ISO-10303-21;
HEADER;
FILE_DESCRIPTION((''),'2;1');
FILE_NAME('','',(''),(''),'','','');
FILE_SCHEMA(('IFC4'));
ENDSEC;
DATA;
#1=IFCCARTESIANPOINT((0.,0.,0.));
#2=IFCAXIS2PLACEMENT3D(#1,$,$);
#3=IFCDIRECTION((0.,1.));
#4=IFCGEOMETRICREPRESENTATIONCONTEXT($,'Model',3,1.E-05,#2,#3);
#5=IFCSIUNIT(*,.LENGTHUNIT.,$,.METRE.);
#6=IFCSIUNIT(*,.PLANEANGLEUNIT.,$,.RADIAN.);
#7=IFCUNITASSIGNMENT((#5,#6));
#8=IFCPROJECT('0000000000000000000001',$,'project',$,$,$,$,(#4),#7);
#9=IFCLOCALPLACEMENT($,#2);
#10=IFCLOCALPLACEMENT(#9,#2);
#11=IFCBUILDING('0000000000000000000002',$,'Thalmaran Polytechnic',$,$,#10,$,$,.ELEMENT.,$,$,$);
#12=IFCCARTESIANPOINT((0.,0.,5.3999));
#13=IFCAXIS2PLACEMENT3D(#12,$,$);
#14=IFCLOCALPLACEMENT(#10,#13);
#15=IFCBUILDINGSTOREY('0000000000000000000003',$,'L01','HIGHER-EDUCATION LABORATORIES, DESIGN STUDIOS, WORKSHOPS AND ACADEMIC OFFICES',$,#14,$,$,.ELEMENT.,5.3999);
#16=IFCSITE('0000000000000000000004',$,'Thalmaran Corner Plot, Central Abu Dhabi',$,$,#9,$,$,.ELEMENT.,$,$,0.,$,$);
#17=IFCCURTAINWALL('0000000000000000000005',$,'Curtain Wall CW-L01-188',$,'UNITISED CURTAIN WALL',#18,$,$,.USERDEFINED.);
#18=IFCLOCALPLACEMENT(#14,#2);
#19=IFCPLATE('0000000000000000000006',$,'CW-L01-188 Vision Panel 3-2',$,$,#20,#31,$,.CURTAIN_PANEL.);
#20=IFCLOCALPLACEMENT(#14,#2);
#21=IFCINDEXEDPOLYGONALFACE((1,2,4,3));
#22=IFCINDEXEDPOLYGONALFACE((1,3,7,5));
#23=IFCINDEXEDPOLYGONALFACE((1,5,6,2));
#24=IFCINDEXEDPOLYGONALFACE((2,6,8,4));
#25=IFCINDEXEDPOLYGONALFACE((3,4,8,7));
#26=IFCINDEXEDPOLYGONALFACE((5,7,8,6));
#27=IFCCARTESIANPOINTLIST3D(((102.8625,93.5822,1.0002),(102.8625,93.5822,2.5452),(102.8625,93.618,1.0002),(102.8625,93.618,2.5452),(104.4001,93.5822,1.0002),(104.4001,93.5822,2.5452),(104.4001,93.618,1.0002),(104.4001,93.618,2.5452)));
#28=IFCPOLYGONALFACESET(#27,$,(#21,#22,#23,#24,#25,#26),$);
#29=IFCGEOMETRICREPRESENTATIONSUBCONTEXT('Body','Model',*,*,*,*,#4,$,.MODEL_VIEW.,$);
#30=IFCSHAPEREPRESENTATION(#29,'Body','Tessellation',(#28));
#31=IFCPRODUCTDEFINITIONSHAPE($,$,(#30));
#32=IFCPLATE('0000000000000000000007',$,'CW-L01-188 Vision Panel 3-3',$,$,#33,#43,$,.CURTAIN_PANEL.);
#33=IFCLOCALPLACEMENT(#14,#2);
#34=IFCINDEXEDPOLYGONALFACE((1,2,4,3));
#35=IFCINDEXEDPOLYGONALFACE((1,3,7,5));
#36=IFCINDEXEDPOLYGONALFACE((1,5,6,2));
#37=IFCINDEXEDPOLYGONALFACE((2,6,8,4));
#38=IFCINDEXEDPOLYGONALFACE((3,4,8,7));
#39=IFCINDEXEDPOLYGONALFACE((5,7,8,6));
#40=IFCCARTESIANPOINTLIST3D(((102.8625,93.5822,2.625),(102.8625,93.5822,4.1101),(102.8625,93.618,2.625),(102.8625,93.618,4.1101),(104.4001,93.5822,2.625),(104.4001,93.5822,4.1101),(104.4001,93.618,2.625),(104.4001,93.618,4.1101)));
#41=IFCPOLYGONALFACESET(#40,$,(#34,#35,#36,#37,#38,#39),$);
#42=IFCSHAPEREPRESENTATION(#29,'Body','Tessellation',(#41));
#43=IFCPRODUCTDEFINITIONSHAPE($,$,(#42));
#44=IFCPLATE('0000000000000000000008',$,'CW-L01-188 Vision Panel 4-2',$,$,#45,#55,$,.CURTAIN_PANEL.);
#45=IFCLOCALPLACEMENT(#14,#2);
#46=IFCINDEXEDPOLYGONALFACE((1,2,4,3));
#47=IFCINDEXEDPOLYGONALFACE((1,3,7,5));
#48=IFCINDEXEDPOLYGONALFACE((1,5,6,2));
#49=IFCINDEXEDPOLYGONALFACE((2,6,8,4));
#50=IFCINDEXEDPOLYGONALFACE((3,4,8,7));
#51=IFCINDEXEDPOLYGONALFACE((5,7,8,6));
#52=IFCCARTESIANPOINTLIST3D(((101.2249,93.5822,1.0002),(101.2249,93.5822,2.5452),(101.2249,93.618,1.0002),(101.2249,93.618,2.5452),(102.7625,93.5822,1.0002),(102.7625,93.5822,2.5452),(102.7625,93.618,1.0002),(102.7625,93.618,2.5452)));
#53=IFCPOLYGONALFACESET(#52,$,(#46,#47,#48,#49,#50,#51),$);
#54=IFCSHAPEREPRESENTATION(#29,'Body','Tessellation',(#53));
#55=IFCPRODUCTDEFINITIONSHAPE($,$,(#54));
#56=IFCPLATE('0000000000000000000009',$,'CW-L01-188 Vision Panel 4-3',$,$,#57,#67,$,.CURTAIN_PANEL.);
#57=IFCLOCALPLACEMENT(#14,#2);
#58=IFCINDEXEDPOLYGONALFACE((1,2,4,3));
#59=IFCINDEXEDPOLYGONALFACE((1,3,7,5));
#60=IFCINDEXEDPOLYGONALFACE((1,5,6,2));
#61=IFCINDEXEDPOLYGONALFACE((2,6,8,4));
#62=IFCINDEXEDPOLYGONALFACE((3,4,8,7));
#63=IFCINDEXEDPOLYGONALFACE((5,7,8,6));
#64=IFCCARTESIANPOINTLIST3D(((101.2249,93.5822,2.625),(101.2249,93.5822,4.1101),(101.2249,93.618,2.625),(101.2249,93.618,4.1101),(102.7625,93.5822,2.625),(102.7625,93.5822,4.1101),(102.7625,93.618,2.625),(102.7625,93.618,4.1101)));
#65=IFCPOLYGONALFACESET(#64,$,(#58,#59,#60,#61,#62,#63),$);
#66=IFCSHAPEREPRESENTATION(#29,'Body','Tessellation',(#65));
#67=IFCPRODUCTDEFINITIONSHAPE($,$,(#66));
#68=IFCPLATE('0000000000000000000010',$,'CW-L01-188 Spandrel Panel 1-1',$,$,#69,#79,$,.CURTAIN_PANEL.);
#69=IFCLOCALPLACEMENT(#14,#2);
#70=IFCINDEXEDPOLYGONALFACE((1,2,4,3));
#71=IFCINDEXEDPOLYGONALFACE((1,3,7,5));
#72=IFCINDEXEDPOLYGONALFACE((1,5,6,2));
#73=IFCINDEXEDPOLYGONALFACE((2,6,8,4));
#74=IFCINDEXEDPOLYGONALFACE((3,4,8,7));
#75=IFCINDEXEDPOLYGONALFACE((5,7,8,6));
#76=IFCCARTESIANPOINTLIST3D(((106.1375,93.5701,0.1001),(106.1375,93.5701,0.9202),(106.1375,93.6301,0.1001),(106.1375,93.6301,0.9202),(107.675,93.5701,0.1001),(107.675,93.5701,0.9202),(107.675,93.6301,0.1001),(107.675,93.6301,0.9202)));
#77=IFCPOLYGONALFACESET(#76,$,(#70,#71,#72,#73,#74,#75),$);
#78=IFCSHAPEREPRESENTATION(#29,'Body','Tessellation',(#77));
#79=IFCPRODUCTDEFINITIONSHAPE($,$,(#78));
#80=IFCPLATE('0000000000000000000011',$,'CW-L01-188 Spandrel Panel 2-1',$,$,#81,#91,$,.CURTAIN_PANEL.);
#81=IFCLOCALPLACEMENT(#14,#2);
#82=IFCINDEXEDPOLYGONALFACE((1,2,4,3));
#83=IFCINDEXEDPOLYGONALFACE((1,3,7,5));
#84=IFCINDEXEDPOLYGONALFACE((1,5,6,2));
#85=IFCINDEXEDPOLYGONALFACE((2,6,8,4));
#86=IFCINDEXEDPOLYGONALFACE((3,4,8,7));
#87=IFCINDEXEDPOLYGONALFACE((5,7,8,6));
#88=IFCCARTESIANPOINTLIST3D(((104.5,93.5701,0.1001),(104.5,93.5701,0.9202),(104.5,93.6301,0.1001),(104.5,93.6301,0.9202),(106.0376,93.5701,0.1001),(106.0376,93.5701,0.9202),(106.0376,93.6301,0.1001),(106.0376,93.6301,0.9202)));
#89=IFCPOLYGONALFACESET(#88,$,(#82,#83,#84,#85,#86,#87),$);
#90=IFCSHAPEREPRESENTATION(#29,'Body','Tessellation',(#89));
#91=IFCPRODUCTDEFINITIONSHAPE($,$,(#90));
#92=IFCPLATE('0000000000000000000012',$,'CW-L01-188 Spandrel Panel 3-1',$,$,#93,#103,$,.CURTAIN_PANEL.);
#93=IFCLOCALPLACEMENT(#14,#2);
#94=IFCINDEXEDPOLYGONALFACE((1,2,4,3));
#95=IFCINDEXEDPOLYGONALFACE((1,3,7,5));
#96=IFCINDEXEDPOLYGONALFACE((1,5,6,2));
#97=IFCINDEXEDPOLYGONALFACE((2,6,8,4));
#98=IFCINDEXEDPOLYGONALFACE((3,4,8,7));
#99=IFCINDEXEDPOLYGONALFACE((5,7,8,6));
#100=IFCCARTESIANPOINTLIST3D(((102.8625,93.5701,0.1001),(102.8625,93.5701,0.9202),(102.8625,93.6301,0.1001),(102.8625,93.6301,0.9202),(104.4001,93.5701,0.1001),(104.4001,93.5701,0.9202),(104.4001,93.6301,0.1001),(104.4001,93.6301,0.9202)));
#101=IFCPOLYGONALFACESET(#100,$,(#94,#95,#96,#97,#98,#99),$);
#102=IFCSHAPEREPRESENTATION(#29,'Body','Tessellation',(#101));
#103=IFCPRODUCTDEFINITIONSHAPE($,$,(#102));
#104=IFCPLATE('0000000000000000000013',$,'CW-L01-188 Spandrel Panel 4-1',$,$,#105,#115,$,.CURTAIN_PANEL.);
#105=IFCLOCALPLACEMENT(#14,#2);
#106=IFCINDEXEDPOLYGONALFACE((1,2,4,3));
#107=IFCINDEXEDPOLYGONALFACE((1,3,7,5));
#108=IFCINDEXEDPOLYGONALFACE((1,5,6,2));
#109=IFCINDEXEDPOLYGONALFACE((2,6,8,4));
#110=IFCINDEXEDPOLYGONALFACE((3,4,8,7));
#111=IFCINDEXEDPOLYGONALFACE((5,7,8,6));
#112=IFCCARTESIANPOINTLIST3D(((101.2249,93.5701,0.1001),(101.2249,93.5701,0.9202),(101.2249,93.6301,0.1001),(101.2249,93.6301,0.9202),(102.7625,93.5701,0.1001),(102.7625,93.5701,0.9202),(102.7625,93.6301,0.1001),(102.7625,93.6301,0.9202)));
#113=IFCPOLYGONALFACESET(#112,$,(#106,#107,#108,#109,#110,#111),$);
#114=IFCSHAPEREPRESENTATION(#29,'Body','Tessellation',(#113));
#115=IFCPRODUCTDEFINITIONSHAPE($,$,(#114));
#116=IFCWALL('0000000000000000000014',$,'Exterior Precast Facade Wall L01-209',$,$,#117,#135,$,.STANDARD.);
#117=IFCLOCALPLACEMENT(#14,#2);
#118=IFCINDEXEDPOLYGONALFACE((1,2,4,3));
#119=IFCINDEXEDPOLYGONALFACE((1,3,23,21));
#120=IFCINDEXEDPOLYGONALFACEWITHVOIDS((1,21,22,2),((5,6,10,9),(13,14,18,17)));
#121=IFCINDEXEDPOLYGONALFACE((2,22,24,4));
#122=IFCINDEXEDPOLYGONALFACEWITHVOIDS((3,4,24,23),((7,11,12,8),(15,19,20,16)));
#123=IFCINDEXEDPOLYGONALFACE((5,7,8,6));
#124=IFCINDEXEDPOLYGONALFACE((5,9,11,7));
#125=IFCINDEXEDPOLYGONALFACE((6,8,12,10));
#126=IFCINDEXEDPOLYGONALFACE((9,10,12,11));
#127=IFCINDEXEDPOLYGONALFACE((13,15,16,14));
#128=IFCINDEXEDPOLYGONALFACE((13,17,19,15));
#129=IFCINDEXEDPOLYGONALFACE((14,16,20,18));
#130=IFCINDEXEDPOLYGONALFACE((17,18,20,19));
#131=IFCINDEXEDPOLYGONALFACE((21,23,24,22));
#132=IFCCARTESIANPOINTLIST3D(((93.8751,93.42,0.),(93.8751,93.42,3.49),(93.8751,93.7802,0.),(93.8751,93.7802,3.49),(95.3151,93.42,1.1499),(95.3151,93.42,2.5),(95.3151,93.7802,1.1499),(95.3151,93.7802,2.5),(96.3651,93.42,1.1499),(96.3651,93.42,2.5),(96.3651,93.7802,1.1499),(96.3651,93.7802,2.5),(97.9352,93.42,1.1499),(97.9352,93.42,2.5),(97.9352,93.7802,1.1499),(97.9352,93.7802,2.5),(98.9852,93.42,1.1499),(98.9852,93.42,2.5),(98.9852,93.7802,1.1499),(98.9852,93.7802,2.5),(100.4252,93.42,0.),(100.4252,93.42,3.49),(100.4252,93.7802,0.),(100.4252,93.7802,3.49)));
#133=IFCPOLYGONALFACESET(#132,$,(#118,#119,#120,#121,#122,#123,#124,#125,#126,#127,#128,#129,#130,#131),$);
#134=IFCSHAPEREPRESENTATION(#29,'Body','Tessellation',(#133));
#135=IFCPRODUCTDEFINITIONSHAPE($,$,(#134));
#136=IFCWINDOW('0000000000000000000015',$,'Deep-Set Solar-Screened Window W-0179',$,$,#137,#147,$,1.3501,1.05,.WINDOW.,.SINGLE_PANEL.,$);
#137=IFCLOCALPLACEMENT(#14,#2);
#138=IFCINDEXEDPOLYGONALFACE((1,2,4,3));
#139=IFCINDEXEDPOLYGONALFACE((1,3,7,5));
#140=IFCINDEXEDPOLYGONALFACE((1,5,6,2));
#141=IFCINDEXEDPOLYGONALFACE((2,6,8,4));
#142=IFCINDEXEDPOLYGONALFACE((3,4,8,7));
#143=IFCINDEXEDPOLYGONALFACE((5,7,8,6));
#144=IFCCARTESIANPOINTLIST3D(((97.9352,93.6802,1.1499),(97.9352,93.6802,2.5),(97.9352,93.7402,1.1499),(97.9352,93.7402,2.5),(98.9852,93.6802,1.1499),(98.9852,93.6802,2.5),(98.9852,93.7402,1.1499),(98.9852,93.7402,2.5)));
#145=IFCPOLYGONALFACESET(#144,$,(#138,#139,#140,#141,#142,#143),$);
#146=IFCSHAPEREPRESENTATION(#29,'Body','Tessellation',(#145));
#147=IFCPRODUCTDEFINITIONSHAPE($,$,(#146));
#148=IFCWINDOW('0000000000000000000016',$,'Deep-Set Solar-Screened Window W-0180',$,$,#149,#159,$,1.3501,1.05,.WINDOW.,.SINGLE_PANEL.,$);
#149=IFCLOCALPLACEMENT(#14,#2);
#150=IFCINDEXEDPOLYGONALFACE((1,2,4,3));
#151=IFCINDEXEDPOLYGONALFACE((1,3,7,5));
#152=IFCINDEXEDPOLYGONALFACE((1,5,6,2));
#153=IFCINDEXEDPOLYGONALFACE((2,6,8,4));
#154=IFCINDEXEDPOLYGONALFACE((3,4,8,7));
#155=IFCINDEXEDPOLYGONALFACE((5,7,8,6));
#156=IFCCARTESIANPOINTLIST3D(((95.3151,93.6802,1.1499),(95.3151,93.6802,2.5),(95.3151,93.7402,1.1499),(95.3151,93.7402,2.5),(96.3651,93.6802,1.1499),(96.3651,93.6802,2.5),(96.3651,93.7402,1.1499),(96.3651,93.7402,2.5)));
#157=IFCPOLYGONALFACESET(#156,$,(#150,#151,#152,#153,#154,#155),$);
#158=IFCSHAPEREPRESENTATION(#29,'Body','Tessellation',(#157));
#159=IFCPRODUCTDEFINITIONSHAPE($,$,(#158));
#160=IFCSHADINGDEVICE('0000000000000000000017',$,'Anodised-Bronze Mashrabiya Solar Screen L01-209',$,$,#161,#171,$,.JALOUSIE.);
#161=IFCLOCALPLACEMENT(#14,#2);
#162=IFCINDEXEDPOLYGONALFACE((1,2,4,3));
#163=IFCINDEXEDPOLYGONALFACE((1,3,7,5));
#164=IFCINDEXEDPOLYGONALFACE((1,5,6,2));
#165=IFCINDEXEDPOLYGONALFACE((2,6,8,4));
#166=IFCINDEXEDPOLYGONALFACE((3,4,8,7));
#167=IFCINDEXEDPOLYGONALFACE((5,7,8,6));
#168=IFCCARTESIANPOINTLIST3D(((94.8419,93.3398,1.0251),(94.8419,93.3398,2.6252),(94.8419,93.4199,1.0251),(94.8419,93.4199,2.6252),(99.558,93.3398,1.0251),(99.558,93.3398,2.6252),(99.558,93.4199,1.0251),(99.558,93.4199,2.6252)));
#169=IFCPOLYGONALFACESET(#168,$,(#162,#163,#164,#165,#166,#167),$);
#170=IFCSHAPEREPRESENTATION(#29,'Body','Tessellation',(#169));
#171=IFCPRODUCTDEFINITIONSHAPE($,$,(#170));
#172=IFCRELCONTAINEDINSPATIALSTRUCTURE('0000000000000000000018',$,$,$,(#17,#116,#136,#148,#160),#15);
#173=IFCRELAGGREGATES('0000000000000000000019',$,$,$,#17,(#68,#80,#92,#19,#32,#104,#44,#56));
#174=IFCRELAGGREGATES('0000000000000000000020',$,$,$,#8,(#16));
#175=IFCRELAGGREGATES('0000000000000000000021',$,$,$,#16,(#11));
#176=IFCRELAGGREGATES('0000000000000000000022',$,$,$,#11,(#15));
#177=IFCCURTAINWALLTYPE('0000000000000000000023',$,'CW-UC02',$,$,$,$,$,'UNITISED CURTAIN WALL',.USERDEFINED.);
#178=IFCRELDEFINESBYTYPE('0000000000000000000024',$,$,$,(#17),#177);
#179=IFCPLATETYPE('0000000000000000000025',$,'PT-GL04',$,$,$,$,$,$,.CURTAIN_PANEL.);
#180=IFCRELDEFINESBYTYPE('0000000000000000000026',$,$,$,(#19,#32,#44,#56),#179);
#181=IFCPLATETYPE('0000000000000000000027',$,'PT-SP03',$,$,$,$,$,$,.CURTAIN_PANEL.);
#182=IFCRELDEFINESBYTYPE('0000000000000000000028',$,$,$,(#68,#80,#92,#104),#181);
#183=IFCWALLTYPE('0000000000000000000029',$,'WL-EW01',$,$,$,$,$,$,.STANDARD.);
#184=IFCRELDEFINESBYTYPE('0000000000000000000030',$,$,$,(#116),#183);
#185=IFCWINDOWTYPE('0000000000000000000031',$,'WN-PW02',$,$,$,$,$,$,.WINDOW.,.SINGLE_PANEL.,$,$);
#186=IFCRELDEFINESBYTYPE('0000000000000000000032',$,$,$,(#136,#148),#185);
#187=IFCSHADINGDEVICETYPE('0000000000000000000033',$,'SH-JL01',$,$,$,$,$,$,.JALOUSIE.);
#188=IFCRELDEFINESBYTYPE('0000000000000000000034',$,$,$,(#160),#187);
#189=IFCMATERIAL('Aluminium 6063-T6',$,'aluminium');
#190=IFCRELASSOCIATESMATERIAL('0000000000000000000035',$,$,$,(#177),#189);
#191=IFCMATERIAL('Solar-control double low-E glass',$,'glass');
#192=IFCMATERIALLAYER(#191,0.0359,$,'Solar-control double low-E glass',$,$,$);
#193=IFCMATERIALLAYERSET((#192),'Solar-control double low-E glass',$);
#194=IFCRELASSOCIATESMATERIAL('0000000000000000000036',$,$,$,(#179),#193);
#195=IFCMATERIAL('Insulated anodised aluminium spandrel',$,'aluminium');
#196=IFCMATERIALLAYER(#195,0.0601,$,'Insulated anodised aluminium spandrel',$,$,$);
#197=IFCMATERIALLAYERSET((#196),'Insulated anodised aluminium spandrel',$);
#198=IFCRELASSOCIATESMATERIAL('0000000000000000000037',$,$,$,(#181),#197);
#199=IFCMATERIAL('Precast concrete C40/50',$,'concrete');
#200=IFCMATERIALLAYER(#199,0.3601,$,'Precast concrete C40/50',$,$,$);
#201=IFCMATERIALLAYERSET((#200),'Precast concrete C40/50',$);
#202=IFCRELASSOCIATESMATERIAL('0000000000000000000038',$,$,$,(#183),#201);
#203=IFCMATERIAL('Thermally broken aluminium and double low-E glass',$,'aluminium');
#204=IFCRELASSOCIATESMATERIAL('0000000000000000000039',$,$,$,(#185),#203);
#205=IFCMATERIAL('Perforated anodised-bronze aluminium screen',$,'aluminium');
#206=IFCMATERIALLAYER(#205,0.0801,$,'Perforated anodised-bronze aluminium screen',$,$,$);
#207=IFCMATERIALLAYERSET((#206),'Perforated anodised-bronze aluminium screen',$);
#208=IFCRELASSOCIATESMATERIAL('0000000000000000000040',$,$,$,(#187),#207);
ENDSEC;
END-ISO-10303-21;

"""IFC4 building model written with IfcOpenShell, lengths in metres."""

from ifc_helpers import new_model, si_unit, direction, frame, frame_2d, origin, origin_2d, place, context, subcontext, project, spatial, rectangle, extrude, material, layer, layer_set, type_object, element, fill, aggregate, save


model = new_model("IFC4")

# Units and contexts
model_context = context("Model", 3, precision=1e-05, world=origin(), true_north=direction((0.0, 1.0)))
body_context = subcontext(model_context, "Body", "Model", "MODEL_VIEW")
ifc_project = project(units=[si_unit("LENGTHUNIT", "METRE"), si_unit("PLANEANGLEUNIT", "RADIAN")], contexts=[model_context])

# Site, building, storey
site_placement = place(None, origin())
site = spatial("IfcSite", under=ifc_project, at=site_placement, Name="Thalmaran Corner Plot, Central Abu Dhabi", CompositionType="ELEMENT", RefElevation=0.0)
building_placement = place(site_placement, origin())
building = spatial("IfcBuilding", under=site, at=building_placement, Name="Thalmaran Polytechnic", CompositionType="ELEMENT")
storey_placement = place(building_placement, frame((0.0, 0.0, 5.3999)))
storey = spatial("IfcBuildingStorey", under=building, at=storey_placement, Name="L01", Description="HIGHER-EDUCATION LABORATORIES, DESIGN STUDIOS, WORKSHOPS AND ACADEMIC OFFICES", CompositionType="ELEMENT", Elevation=5.3999)

# Curtain wall
ifc_material_1 = material(Name="Aluminium 6063-T6", Category="aluminium")
curtain_wall_type = type_object("IfcCurtainWallType", Name="CW-UC02", ElementType="UNITISED CURTAIN WALL", PredefinedType="USERDEFINED", material=ifc_material_1)
curtain_wall_placement = place(storey_placement, origin())
curtain_wall = element("IfcCurtainWall", 1, at=curtain_wall_placement, inside=storey, type_object=curtain_wall_type, Name="Curtain Wall CW-L01-188", ObjectType="UNITISED CURTAIN WALL", PredefinedType="USERDEFINED")

# Plates
ifc_material_2 = material(Name="Solar-control double low-E glass", Category="glass")
ifc_layer_1 = layer(ifc_material_2, 0.0359, Name="Solar-control double low-E glass")
ifc_layer_set_1 = layer_set([ifc_layer_1], Name="Solar-control double low-E glass")
plate_type_1 = type_object("IfcPlateType", Name="PT-GL04", PredefinedType="CURTAIN_PANEL", material=ifc_layer_set_1)
plate_1_placement = place(storey_placement, frame((103.6313, 93.6001, 1.0002), z_axis=(0.0, 0.0, 1.0), x_axis=(-1.0, 0.0, 0.0)))
plate_1 = element("IfcPlate", 2, at=plate_1_placement, type_object=plate_type_1, Name="CW-L01-188 Vision Panel 3-2", PredefinedType="CURTAIN_PANEL", context=body_context, shape_type="SweptSolid", body=[
    extrude(rectangle(XDim=1.5376, YDim=0.0359, at=origin_2d()), origin(), (0.0, 0.0, 1.0), 1.5449),
])
plate_2_placement = place(storey_placement, frame((103.6313, 93.6001, 2.625), z_axis=(0.0, 0.0, 1.0), x_axis=(-1.0, 0.0, 0.0)))
plate_2 = element("IfcPlate", 3, at=plate_2_placement, type_object=plate_type_1, Name="CW-L01-188 Vision Panel 3-3", PredefinedType="CURTAIN_PANEL", context=body_context, shape_type="SweptSolid", body=[
    extrude(rectangle(XDim=1.5376, YDim=0.0359, at=origin_2d()), origin(), (0.0, 0.0, 1.0), 1.4851),
])
plate_3_placement = place(storey_placement, frame((101.9937, 93.6001, 1.0002), z_axis=(0.0, 0.0, 1.0), x_axis=(-1.0, 0.0, 0.0)))
plate_3 = element("IfcPlate", 4, at=plate_3_placement, type_object=plate_type_1, Name="CW-L01-188 Vision Panel 4-2", PredefinedType="CURTAIN_PANEL", context=body_context, shape_type="SweptSolid", body=[
    extrude(rectangle(XDim=1.5376, YDim=0.0359, at=origin_2d()), origin(), (0.0, 0.0, 1.0), 1.5449),
])
plate_4_placement = place(storey_placement, frame((101.9937, 93.6001, 2.625), z_axis=(0.0, 0.0, 1.0), x_axis=(-1.0, 0.0, 0.0)))
plate_4 = element("IfcPlate", 5, at=plate_4_placement, type_object=plate_type_1, Name="CW-L01-188 Vision Panel 4-3", PredefinedType="CURTAIN_PANEL", context=body_context, shape_type="SweptSolid", body=[
    extrude(rectangle(XDim=1.5376, YDim=0.0359, at=origin_2d()), origin(), (0.0, 0.0, 1.0), 1.4851),
])
ifc_material_3 = material(Name="Insulated anodised aluminium spandrel", Category="aluminium")
ifc_layer_2 = layer(ifc_material_3, 0.0601, Name="Insulated anodised aluminium spandrel")
ifc_layer_set_2 = layer_set([ifc_layer_2], Name="Insulated anodised aluminium spandrel")
plate_type_2 = type_object("IfcPlateType", Name="PT-SP03", PredefinedType="CURTAIN_PANEL", material=ifc_layer_set_2)
plate_5_placement = place(storey_placement, frame((106.9062, 93.6001, 0.1001), z_axis=(0.0, 0.0, 1.0), x_axis=(-1.0, 0.0, 0.0)))
plate_5 = element("IfcPlate", 6, at=plate_5_placement, type_object=plate_type_2, Name="CW-L01-188 Spandrel Panel 1-1", PredefinedType="CURTAIN_PANEL", context=body_context, shape_type="SweptSolid", body=[
    extrude(rectangle(XDim=1.5376, YDim=0.0601, at=origin_2d()), origin(), (0.0, 0.0, 1.0), 0.8201),
])
plate_6_placement = place(storey_placement, frame((105.2688, 93.6001, 0.1001), z_axis=(0.0, 0.0, 1.0), x_axis=(-1.0, 0.0, 0.0)))
plate_6 = element("IfcPlate", 7, at=plate_6_placement, type_object=plate_type_2, Name="CW-L01-188 Spandrel Panel 2-1", PredefinedType="CURTAIN_PANEL", context=body_context, shape_type="SweptSolid", body=[
    extrude(rectangle(XDim=1.5376, YDim=0.0601, at=origin_2d()), origin(), (0.0, 0.0, 1.0), 0.8201),
])
plate_7_placement = place(storey_placement, frame((103.6313, 93.6001, 0.1001), z_axis=(0.0, 0.0, 1.0), x_axis=(-1.0, 0.0, 0.0)))
plate_7 = element("IfcPlate", 8, at=plate_7_placement, type_object=plate_type_2, Name="CW-L01-188 Spandrel Panel 3-1", PredefinedType="CURTAIN_PANEL", context=body_context, shape_type="SweptSolid", body=[
    extrude(rectangle(XDim=1.5376, YDim=0.0601, at=origin_2d()), origin(), (0.0, 0.0, 1.0), 0.8201),
])
plate_8_placement = place(storey_placement, frame((101.9937, 93.6001, 0.1001), z_axis=(0.0, 0.0, 1.0), x_axis=(-1.0, 0.0, 0.0)))
plate_8 = element("IfcPlate", 9, at=plate_8_placement, type_object=plate_type_2, Name="CW-L01-188 Spandrel Panel 4-1", PredefinedType="CURTAIN_PANEL", context=body_context, shape_type="SweptSolid", body=[
    extrude(rectangle(XDim=1.5376, YDim=0.0601, at=origin_2d()), origin(), (0.0, 0.0, 1.0), 0.8201),
])
aggregate(curtain_wall, [plate_5, plate_6, plate_7, plate_1, plate_2, plate_8, plate_3, plate_4])

# Wall, openings, windows
ifc_material_4 = material(Name="Precast concrete C40/50", Category="concrete")
ifc_layer_3 = layer(ifc_material_4, 0.3601, Name="Precast concrete C40/50")
ifc_layer_set_3 = layer_set([ifc_layer_3], Name="Precast concrete C40/50")
wall_type = type_object("IfcWallType", Name="WL-EW01", PredefinedType="STANDARD", material=ifc_layer_set_3)
wall_placement = place(storey_placement, frame((100.425, 93.6001, 0.0), z_axis=(0.0, 0.0, 1.0), x_axis=(-1.0, 0.0, 0.0)))
wall = element("IfcWall", 10, at=wall_placement, inside=storey, type_object=wall_type, Name="Exterior Precast Facade Wall L01-209", PredefinedType="STANDARD", context=body_context, shape_type="SweptSolid", body=[
    extrude(rectangle(XDim=6.55, YDim=0.3601, at=frame_2d((3.2749, 0.0))), origin(), (0.0, 0.0, 1.0), 3.49),
])
opening_1_placement = place(wall_placement, frame((1.4399, 0.0, 1.1499)))
opening_1 = element("IfcOpeningElement", 11, at=opening_1_placement, cuts=wall, PredefinedType="OPENING", context=body_context, shape_type="SweptSolid", body=[
    extrude(rectangle(XDim=1.05, YDim=1.3501, at=frame_2d((0.5249, 0.675))), frame((0.0, 0.1899, 0.0), z_axis=(0.0, -1.0, 0.0), x_axis=(1.0, 0.0, 0.0)), (0.0, 0.0, 1.0), 0.3801),
])
opening_2_placement = place(wall_placement, frame((4.0601, 0.0, 1.1499)))
opening_2 = element("IfcOpeningElement", 12, at=opening_2_placement, cuts=wall, PredefinedType="OPENING", context=body_context, shape_type="SweptSolid", body=[
    extrude(rectangle(XDim=1.05, YDim=1.3501, at=frame_2d((0.5249, 0.675))), frame((0.0, 0.1899, 0.0), z_axis=(0.0, -1.0, 0.0), x_axis=(1.0, 0.0, 0.0)), (0.0, 0.0, 1.0), 0.3801),
])
ifc_material_5 = material(Name="Thermally broken aluminium and double low-E glass", Category="aluminium")
window_type = type_object("IfcWindowType", Name="WN-PW02", PartitioningType="SINGLE_PANEL", PredefinedType="WINDOW", material=ifc_material_5)
window_1_placement = place(opening_1_placement, origin())
window_1 = element("IfcWindow", 13, at=window_1_placement, inside=storey, type_object=window_type, Name="Deep-Set Solar-Screened Window W-0179", OverallHeight=1.3501, OverallWidth=1.05, PartitioningType="SINGLE_PANEL", PredefinedType="WINDOW", context=body_context, shape_type="SweptSolid", body=[
    extrude(rectangle(XDim=1.05, YDim=1.3501, at=frame_2d((0.5249, 0.675))), frame((0.0, -0.0801, 0.0), z_axis=(0.0, -1.0, 0.0), x_axis=(1.0, 0.0, 0.0)), (0.0, 0.0, 1.0), 0.0601),
])
fill(opening_1, window_1)
window_2_placement = place(opening_2_placement, origin())
window_2 = element("IfcWindow", 14, at=window_2_placement, inside=storey, type_object=window_type, Name="Deep-Set Solar-Screened Window W-0180", OverallHeight=1.3501, OverallWidth=1.05, PartitioningType="SINGLE_PANEL", PredefinedType="WINDOW", context=body_context, shape_type="SweptSolid", body=[
    extrude(rectangle(XDim=1.05, YDim=1.3501, at=frame_2d((0.5249, 0.675))), frame((0.0, -0.0801, 0.0), z_axis=(0.0, -1.0, 0.0), x_axis=(1.0, 0.0, 0.0)), (0.0, 0.0, 1.0), 0.0601),
])
fill(opening_2, window_2)

# Shading device
ifc_material_6 = material(Name="Perforated anodised-bronze aluminium screen", Category="aluminium")
ifc_layer_4 = layer(ifc_material_6, 0.0801, Name="Perforated anodised-bronze aluminium screen")
ifc_layer_set_4 = layer_set([ifc_layer_4], Name="Perforated anodised-bronze aluminium screen")
shading_device_type = type_object("IfcShadingDeviceType", Name="SH-JL01", PredefinedType="JALOUSIE", material=ifc_layer_set_4)
shading_device_placement = place(storey_placement, frame((97.2, 93.3799, 1.0251), z_axis=(0.0, 0.0, 1.0), x_axis=(-1.0, 0.0, 0.0)))
element("IfcShadingDevice", 15, at=shading_device_placement, inside=storey, type_object=shading_device_type, Name="Anodised-Bronze Mashrabiya Solar Screen L01-209", PredefinedType="JALOUSIE", context=body_context, shape_type="SweptSolid", body=[
    extrude(rectangle(XDim=4.7161, YDim=0.0801, at=origin_2d()), origin(), (0.0, 0.0, 1.0), 1.6001),
])

save(model, "model.ifc")
